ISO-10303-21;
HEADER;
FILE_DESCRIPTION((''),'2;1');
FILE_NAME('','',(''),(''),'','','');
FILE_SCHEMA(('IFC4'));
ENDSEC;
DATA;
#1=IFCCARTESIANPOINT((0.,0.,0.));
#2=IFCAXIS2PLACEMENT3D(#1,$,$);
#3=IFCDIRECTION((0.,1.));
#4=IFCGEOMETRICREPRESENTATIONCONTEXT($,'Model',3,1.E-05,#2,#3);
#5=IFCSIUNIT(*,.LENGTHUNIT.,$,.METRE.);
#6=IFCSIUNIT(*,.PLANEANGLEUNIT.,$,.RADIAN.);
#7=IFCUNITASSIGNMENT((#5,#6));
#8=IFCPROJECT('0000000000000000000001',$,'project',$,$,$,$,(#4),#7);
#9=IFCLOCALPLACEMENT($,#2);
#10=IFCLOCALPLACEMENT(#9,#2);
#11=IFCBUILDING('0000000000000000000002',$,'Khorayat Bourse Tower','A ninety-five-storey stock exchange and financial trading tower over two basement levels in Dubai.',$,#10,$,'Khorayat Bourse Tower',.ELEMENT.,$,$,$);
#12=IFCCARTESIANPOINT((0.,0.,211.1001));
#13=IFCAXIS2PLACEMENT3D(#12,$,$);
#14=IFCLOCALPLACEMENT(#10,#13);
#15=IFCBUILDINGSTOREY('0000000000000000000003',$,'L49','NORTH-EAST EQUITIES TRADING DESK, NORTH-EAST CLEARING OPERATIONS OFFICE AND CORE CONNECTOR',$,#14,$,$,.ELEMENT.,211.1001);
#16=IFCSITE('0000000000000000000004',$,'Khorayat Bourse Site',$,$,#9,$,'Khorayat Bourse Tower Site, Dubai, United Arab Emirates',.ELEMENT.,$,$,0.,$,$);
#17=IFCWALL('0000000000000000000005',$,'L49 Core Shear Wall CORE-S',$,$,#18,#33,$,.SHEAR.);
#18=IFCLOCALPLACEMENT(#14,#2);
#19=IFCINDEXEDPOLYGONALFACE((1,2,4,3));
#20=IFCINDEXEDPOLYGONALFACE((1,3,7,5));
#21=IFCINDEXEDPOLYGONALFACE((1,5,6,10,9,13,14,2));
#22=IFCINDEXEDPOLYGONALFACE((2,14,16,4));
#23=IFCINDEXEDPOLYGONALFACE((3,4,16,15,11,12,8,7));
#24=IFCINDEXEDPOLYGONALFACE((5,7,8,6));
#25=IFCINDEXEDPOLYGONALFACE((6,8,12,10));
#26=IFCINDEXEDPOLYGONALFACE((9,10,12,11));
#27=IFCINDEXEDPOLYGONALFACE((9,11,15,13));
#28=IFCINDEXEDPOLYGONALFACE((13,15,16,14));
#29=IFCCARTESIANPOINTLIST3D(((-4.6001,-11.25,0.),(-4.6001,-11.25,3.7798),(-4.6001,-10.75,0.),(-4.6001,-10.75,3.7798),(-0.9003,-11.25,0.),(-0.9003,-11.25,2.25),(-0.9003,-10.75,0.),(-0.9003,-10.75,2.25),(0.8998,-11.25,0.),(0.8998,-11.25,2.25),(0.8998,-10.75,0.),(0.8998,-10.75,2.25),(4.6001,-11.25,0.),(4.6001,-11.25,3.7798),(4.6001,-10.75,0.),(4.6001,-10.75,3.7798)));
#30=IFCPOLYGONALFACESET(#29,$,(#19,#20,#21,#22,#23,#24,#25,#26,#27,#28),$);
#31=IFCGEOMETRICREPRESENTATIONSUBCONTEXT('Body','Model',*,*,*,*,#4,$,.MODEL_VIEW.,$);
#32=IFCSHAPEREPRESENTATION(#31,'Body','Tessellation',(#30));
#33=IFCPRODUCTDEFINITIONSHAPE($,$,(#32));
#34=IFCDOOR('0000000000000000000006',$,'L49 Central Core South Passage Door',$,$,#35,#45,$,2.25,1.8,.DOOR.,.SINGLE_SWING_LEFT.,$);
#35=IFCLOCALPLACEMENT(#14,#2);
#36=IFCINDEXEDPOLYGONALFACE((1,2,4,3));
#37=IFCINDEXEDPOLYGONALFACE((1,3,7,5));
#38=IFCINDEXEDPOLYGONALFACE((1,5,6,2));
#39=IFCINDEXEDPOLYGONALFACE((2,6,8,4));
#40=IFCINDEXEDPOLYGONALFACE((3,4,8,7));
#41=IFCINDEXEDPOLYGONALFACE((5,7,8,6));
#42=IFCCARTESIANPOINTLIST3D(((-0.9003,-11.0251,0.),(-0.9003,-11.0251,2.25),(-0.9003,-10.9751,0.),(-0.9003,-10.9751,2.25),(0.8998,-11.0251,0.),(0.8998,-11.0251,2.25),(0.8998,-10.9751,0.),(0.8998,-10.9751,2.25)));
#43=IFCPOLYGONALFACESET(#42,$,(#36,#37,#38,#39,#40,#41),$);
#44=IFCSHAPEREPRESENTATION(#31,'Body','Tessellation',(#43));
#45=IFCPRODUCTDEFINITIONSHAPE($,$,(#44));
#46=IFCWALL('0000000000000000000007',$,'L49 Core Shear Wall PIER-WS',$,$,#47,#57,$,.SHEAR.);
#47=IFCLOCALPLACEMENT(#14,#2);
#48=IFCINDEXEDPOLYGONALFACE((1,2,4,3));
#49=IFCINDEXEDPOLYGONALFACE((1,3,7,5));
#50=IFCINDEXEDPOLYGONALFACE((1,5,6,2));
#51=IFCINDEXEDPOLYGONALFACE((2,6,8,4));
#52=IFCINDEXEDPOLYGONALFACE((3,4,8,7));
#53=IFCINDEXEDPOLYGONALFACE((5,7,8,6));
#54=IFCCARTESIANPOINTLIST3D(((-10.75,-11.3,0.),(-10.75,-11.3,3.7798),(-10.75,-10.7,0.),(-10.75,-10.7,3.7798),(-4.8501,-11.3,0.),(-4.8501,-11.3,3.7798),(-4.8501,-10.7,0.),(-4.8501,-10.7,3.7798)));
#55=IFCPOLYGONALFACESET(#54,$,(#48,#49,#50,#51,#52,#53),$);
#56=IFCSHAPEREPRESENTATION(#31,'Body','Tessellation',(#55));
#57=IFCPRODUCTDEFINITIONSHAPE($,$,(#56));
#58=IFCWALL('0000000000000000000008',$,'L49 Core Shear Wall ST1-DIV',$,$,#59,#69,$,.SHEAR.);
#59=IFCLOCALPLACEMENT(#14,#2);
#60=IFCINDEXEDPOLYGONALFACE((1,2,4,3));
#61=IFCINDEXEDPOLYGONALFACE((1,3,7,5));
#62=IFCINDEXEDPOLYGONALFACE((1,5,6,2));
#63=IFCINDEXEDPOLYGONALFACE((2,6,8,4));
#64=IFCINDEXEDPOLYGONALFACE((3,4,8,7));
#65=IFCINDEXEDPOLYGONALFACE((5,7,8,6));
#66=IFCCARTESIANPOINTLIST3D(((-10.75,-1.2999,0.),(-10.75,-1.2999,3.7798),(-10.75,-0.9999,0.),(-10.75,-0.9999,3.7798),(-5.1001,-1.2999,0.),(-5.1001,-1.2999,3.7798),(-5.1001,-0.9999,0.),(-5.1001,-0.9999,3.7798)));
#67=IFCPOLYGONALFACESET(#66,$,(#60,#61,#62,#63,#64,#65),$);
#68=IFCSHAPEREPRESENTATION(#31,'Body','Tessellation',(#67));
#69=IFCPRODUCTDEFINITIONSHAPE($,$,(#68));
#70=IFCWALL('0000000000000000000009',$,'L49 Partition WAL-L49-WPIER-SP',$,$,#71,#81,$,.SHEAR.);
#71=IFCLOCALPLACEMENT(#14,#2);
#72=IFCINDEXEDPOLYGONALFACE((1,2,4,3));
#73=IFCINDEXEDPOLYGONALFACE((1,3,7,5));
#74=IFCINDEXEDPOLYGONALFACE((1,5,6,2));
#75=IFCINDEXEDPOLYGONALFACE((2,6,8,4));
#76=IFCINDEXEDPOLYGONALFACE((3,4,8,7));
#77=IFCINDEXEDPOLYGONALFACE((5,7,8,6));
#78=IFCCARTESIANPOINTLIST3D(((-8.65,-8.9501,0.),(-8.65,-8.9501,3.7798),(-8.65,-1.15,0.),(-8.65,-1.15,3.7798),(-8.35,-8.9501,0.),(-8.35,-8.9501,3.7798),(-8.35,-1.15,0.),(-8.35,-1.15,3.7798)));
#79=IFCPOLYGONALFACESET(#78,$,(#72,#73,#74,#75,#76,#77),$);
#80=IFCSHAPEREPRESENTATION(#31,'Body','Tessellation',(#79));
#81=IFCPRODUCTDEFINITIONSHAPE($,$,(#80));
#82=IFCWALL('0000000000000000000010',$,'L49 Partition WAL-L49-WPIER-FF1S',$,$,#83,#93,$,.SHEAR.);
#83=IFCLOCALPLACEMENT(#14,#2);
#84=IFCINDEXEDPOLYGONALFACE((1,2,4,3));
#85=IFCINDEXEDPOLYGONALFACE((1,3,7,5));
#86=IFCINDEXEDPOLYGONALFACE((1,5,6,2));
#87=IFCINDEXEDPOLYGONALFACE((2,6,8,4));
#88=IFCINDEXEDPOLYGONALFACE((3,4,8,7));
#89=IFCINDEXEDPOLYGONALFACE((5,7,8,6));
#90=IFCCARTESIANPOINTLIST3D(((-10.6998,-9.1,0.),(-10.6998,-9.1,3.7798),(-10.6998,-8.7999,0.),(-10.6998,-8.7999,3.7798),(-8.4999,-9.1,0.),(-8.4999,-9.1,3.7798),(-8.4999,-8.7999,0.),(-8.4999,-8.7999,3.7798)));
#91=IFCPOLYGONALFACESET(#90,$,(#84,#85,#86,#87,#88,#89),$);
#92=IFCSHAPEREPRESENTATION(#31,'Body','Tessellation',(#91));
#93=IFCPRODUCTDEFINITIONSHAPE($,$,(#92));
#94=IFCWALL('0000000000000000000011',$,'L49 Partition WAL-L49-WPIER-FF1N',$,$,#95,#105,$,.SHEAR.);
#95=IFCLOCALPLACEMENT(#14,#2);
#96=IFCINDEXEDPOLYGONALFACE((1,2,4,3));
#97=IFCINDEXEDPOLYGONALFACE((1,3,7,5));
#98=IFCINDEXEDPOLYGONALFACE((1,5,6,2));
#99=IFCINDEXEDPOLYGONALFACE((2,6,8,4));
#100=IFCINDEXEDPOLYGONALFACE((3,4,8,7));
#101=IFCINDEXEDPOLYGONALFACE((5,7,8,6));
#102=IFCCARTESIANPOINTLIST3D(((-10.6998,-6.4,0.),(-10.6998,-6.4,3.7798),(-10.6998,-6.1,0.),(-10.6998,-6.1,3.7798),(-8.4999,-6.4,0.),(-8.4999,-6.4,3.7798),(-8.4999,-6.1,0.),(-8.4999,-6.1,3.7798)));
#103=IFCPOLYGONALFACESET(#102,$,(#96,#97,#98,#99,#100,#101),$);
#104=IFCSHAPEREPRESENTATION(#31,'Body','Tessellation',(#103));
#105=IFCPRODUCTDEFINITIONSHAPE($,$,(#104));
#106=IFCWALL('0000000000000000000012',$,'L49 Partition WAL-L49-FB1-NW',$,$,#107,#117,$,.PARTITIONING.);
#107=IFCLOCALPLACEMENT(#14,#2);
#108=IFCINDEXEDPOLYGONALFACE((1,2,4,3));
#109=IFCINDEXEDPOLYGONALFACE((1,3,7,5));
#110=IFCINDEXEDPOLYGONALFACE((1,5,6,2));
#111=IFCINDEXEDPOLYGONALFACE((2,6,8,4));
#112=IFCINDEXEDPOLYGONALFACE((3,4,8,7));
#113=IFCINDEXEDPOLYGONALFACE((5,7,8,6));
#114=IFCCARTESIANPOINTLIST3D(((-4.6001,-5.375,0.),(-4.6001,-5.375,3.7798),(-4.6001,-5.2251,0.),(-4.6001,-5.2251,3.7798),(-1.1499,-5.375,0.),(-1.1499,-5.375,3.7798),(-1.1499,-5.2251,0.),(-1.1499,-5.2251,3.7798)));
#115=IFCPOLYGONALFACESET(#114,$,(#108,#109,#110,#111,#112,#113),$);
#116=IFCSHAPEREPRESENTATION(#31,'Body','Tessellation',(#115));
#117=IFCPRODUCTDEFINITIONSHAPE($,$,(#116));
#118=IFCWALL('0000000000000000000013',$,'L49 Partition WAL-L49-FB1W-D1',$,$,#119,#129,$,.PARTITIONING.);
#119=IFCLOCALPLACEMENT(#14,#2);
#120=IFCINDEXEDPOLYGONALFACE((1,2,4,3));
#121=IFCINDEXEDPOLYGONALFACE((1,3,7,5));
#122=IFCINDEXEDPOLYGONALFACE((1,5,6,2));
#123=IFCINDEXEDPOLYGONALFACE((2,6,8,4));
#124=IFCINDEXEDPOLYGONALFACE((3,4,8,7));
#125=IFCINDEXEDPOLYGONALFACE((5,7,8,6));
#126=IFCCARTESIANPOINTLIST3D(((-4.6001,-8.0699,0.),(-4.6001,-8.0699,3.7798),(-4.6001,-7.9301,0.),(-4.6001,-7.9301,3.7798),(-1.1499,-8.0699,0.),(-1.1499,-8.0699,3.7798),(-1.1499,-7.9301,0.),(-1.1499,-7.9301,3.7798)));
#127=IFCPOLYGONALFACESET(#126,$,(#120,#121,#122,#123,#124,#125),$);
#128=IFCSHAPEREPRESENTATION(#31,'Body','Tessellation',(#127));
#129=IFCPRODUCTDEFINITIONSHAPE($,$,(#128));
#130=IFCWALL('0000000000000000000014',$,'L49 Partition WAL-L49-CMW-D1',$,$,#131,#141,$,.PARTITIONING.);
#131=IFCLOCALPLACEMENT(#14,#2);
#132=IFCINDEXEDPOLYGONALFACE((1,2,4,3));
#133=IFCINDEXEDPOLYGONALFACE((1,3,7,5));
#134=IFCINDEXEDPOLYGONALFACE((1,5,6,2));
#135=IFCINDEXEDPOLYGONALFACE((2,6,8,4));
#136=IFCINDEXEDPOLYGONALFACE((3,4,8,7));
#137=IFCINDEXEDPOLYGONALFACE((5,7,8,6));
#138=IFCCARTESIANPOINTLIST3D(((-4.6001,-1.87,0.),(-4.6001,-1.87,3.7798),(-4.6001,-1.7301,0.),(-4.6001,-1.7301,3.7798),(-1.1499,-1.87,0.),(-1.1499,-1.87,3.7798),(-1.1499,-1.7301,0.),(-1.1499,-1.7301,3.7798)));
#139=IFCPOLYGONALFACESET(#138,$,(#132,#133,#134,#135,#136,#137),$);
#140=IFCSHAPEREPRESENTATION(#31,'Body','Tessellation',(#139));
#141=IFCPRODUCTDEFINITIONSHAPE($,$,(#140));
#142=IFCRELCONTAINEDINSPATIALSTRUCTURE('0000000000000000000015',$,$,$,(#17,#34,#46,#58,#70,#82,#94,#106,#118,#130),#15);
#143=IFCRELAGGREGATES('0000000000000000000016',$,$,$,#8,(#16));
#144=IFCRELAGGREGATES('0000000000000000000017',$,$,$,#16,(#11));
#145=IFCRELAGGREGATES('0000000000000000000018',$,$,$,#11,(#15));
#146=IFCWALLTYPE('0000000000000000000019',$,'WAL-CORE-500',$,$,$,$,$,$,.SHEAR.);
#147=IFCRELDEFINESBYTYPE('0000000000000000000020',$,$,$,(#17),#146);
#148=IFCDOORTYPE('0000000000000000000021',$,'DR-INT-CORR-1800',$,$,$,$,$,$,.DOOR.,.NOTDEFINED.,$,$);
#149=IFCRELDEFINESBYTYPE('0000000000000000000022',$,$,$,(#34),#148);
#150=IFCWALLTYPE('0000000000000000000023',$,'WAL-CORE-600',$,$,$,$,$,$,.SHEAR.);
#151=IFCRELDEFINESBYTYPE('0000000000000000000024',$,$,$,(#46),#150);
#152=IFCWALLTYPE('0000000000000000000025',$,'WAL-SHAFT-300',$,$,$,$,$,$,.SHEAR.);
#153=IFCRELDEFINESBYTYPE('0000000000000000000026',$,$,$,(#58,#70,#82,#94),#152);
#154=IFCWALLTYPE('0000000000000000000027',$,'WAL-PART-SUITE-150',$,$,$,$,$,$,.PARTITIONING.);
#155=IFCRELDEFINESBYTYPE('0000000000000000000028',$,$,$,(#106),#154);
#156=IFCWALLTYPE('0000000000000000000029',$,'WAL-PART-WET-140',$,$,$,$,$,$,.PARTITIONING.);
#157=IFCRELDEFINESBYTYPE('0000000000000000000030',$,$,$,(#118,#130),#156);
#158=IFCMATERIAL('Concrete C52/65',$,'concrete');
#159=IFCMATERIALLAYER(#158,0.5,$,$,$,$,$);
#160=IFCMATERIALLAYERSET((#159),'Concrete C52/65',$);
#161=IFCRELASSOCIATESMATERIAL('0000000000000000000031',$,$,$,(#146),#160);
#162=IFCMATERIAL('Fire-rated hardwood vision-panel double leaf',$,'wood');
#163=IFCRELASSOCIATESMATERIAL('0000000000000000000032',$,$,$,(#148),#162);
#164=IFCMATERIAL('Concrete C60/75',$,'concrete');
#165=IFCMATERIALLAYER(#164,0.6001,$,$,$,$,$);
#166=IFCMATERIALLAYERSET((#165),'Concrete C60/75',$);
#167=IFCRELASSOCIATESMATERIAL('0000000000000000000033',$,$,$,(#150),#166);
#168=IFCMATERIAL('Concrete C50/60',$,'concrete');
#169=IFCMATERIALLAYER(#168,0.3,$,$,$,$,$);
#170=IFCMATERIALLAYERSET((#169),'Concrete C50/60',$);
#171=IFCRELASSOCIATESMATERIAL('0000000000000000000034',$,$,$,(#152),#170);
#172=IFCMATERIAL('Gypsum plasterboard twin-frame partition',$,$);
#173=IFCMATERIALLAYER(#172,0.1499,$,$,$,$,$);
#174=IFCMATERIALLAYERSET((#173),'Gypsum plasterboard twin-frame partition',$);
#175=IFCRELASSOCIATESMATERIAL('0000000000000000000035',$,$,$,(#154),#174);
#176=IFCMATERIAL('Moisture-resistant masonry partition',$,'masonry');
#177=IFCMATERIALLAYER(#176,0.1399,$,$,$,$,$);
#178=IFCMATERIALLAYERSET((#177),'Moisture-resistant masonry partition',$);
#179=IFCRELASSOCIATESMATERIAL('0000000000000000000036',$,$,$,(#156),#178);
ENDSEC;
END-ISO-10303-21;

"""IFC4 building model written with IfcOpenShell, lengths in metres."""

from ifc_helpers import new_model, si_unit, direction, frame, frame_2d, origin, place, context, subcontext, project, spatial, rectangle, extrude, source, transform, mapped, material, layer, layer_set, type_object, element, fill, save


model = new_model("IFC4")

# Units and contexts
model_context = context("Model", 3, precision=1e-05, world=origin(), true_north=direction((0.0, 1.0)))
body_context = subcontext(model_context, "Body", "Model", "MODEL_VIEW")
ifc_project = project(units=[si_unit("LENGTHUNIT", "METRE"), si_unit("PLANEANGLEUNIT", "RADIAN")], contexts=[model_context])

# Site, building, storey
site_placement = place(None, origin())
site = spatial("IfcSite", under=ifc_project, at=site_placement, Name="Khorayat Bourse Site", LongName="Khorayat Bourse Tower Site, Dubai, United Arab Emirates", CompositionType="ELEMENT", RefElevation=0.0)
building_placement = place(site_placement, origin())
building = spatial("IfcBuilding", under=site, at=building_placement, Name="Khorayat Bourse Tower", Description="A ninety-five-storey stock exchange and financial trading tower over two basement levels in Dubai.", LongName="Khorayat Bourse Tower", CompositionType="ELEMENT")
storey_placement = place(building_placement, frame((0.0, 0.0, 211.1001)))
storey = spatial("IfcBuildingStorey", under=building, at=storey_placement, Name="L49", Description="NORTH-EAST EQUITIES TRADING DESK, NORTH-EAST CLEARING OPERATIONS OFFICE AND CORE CONNECTOR", CompositionType="ELEMENT", Elevation=211.1001)

# Shared definitions
ifc_material_1 = material(Name="Concrete C60/75", Category="concrete")

# Shared definitions
ifc_material_2 = material(Name="Concrete C52/65", Category="concrete")
ifc_layer_1 = layer(ifc_material_2, 0.5)
ifc_layer_set_1 = layer_set([ifc_layer_1], Name="Concrete C52/65")
wall_type_1 = type_object("IfcWallType", Name="WAL-CORE-500", PredefinedType="SHEAR", material=ifc_layer_set_1)

# Wall, opening, door
shared_shape_1 = source(origin(), body_context, "Body", "SweptSolid", [
    extrude(rectangle(XDim=9.2002, YDim=0.5, at=frame_2d((4.6001, 0.0))), origin(), (0.0, 0.0, 1.0), 3.7798),
])
wall_1_placement = place(storey_placement, frame((-4.6001, -11.0, 0.0), z_axis=(0.0, 0.0, 1.0), x_axis=(1.0, 0.0, 0.0)))
wall_1 = element("IfcWall", 1, at=wall_1_placement, inside=storey, type_object=wall_type_1, Name="L49 Core Shear Wall CORE-S", PredefinedType="SHEAR", context=body_context, shape_type="MappedRepresentation", body=[
    mapped(shared_shape_1, transform((0.0, 0.0, 0.0), scale=1.0)),
])
shared_shape_2 = source(origin(), body_context, "Body", "SweptSolid", [
    extrude(rectangle(XDim=1.8, YDim=2.25, at=frame_2d((0.8999, 1.125))), frame((0.0, 0.26, 0.0), z_axis=(0.0, -1.0, 0.0), x_axis=(1.0, 0.0, 0.0)), (0.0, 0.0, 1.0), 0.52),
])
opening_placement = place(wall_1_placement, frame((3.7, 0.0, 0.0)))
opening = element("IfcOpeningElement", 2, at=opening_placement, cuts=wall_1, PredefinedType="OPENING", context=body_context, shape_type="MappedRepresentation", body=[
    mapped(shared_shape_2, transform((0.0, 0.0, 0.0), scale=1.0)),
])
ifc_material_3 = material(Name="Fire-rated hardwood vision-panel double leaf", Category="wood")
door_type = type_object("IfcDoorType", Name="DR-INT-CORR-1800", OperationType="NOTDEFINED", PredefinedType="DOOR", material=ifc_material_3)
shared_shape_3 = source(origin(), body_context, "Body", "SweptSolid", [
    extrude(rectangle(XDim=1.8, YDim=2.25, at=frame_2d((0.8999, 1.125))), frame((0.0, 0.0249, 0.0), z_axis=(0.0, -1.0, 0.0), x_axis=(1.0, 0.0, 0.0)), (0.0, 0.0, 1.0), 0.05),
])
door_placement = place(opening_placement, origin())
door = element("IfcDoor", 3, at=door_placement, inside=storey, type_object=door_type, Name="L49 Central Core South Passage Door", OperationType="SINGLE_SWING_LEFT", OverallHeight=2.25, OverallWidth=1.8, PredefinedType="DOOR", context=body_context, shape_type="MappedRepresentation", body=[
    mapped(shared_shape_3, transform((0.0, 0.0, 0.0), scale=1.0)),
])
fill(opening, door)

# Walls
ifc_layer_2 = layer(ifc_material_1, 0.6001)
ifc_layer_set_2 = layer_set([ifc_layer_2], Name="Concrete C60/75")
wall_type_2 = type_object("IfcWallType", Name="WAL-CORE-600", PredefinedType="SHEAR", material=ifc_layer_set_2)
shared_shape_4 = source(origin(), body_context, "Body", "SweptSolid", [
    extrude(rectangle(XDim=5.8999, YDim=0.6001, at=frame_2d((2.95, 0.0))), origin(), (0.0, 0.0, 1.0), 3.7798),
])
wall_2_placement = place(storey_placement, frame((-10.75, -11.0, 0.0), z_axis=(0.0, 0.0, 1.0), x_axis=(1.0, 0.0, 0.0)))
element("IfcWall", 4, at=wall_2_placement, inside=storey, type_object=wall_type_2, Name="L49 Core Shear Wall PIER-WS", PredefinedType="SHEAR", context=body_context, shape_type="MappedRepresentation", body=[
    mapped(shared_shape_4, transform((0.0, 0.0, 0.0), scale=1.0)),
])
ifc_material_4 = material(Name="Concrete C50/60", Category="concrete")
ifc_layer_3 = layer(ifc_material_4, 0.3)
ifc_layer_set_3 = layer_set([ifc_layer_3], Name="Concrete C50/60")
wall_type_3 = type_object("IfcWallType", Name="WAL-SHAFT-300", PredefinedType="SHEAR", material=ifc_layer_set_3)
shared_shape_5 = source(origin(), body_context, "Body", "SweptSolid", [
    extrude(rectangle(XDim=5.6499, YDim=0.3, at=frame_2d((2.825, 0.0))), origin(), (0.0, 0.0, 1.0), 3.7798),
])
wall_3_placement = place(storey_placement, frame((-10.75, -1.1499, 0.0), z_axis=(0.0, 0.0, 1.0), x_axis=(1.0, 0.0, 0.0)))
element("IfcWall", 5, at=wall_3_placement, inside=storey, type_object=wall_type_3, Name="L49 Core Shear Wall ST1-DIV", PredefinedType="SHEAR", context=body_context, shape_type="MappedRepresentation", body=[
    mapped(shared_shape_5, transform((0.0, 0.0, 0.0), scale=1.0)),
])
shared_shape_6 = source(origin(), body_context, "Body", "SweptSolid", [
    extrude(rectangle(XDim=7.8, YDim=0.3, at=frame_2d((3.8999, 0.0))), origin(), (0.0, 0.0, 1.0), 3.7798),
])
wall_4_placement = place(storey_placement, frame((-8.5, -8.95, 0.0), z_axis=(0.0, 0.0, 1.0), x_axis=(0.0, 1.0, 0.0)))
element("IfcWall", 6, at=wall_4_placement, inside=storey, type_object=wall_type_3, Name="L49 Partition WAL-L49-WPIER-SP", PredefinedType="SHEAR", context=body_context, shape_type="MappedRepresentation", body=[
    mapped(shared_shape_6, transform((0.0, 0.0, 0.0), scale=1.0)),
])
shared_shape_7 = source(origin(), body_context, "Body", "SweptSolid", [
    extrude(rectangle(XDim=2.2, YDim=0.3, at=frame_2d((1.1001, 0.0))), origin(), (0.0, 0.0, 1.0), 3.7798),
])
for number, where, z_axis, x_axis, name in (
    (7, (-10.7, -8.95, 0.0), (0.0, 0.0, 1.0), (1.0, 0.0, 0.0), "L49 Partition WAL-L49-WPIER-FF1S"),
    (8, (-10.7, -6.25, 0.0), (0.0, 0.0, 1.0), (1.0, 0.0, 0.0), "L49 Partition WAL-L49-WPIER-FF1N"),
):
    element("IfcWall", number, at=place(storey_placement, frame(where, z_axis=z_axis, x_axis=x_axis)), inside=storey, type_object=wall_type_3, Name=name, PredefinedType="SHEAR", context=body_context, shape_type="MappedRepresentation", body=[
        mapped(shared_shape_7, transform((0.0, 0.0, 0.0), scale=1.0)),
    ])
ifc_material_5 = material(Name="Gypsum plasterboard twin-frame partition")
ifc_layer_4 = layer(ifc_material_5, 0.1499)
ifc_layer_set_4 = layer_set([ifc_layer_4], Name="Gypsum plasterboard twin-frame partition")
wall_type_4 = type_object("IfcWallType", Name="WAL-PART-SUITE-150", PredefinedType="PARTITIONING", material=ifc_layer_set_4)
shared_shape_8 = source(origin(), body_context, "Body", "SweptSolid", [
    extrude(rectangle(XDim=3.4502, YDim=0.1499, at=frame_2d((1.7251, 0.0))), origin(), (0.0, 0.0, 1.0), 3.7798),
])
wall_5_placement = place(storey_placement, frame((-4.6001, -5.3, 0.0), z_axis=(0.0, 0.0, 1.0), x_axis=(1.0, 0.0, 0.0)))
element("IfcWall", 9, at=wall_5_placement, inside=storey, type_object=wall_type_4, Name="L49 Partition WAL-L49-FB1-NW", PredefinedType="PARTITIONING", context=body_context, shape_type="MappedRepresentation", body=[
    mapped(shared_shape_8, transform((0.0, 0.0, 0.0), scale=1.0)),
])
ifc_material_6 = material(Name="Moisture-resistant masonry partition", Category="masonry")
ifc_layer_5 = layer(ifc_material_6, 0.1399)
ifc_layer_set_5 = layer_set([ifc_layer_5], Name="Moisture-resistant masonry partition")
wall_type_5 = type_object("IfcWallType", Name="WAL-PART-WET-140", PredefinedType="PARTITIONING", material=ifc_layer_set_5)
shared_shape_9 = source(origin(), body_context, "Body", "SweptSolid", [
    extrude(rectangle(XDim=3.4502, YDim=0.1399, at=frame_2d((1.7251, 0.0))), origin(), (0.0, 0.0, 1.0), 3.7798),
])
for number, where, z_axis, x_axis, name in (
    (10, (-4.6001, -8.0, 0.0), (0.0, 0.0, 1.0), (1.0, 0.0, 0.0), "L49 Partition WAL-L49-FB1W-D1"),
    (11, (-4.6001, -1.8, 0.0), (0.0, 0.0, 1.0), (1.0, 0.0, 0.0), "L49 Partition WAL-L49-CMW-D1"),
):
    element("IfcWall", number, at=place(storey_placement, frame(where, z_axis=z_axis, x_axis=x_axis)), inside=storey, type_object=wall_type_5, Name=name, PredefinedType="PARTITIONING", context=body_context, shape_type="MappedRepresentation", body=[
        mapped(shared_shape_9, transform((0.0, 0.0, 0.0), scale=1.0)),
    ])

save(model, "model.ifc")
